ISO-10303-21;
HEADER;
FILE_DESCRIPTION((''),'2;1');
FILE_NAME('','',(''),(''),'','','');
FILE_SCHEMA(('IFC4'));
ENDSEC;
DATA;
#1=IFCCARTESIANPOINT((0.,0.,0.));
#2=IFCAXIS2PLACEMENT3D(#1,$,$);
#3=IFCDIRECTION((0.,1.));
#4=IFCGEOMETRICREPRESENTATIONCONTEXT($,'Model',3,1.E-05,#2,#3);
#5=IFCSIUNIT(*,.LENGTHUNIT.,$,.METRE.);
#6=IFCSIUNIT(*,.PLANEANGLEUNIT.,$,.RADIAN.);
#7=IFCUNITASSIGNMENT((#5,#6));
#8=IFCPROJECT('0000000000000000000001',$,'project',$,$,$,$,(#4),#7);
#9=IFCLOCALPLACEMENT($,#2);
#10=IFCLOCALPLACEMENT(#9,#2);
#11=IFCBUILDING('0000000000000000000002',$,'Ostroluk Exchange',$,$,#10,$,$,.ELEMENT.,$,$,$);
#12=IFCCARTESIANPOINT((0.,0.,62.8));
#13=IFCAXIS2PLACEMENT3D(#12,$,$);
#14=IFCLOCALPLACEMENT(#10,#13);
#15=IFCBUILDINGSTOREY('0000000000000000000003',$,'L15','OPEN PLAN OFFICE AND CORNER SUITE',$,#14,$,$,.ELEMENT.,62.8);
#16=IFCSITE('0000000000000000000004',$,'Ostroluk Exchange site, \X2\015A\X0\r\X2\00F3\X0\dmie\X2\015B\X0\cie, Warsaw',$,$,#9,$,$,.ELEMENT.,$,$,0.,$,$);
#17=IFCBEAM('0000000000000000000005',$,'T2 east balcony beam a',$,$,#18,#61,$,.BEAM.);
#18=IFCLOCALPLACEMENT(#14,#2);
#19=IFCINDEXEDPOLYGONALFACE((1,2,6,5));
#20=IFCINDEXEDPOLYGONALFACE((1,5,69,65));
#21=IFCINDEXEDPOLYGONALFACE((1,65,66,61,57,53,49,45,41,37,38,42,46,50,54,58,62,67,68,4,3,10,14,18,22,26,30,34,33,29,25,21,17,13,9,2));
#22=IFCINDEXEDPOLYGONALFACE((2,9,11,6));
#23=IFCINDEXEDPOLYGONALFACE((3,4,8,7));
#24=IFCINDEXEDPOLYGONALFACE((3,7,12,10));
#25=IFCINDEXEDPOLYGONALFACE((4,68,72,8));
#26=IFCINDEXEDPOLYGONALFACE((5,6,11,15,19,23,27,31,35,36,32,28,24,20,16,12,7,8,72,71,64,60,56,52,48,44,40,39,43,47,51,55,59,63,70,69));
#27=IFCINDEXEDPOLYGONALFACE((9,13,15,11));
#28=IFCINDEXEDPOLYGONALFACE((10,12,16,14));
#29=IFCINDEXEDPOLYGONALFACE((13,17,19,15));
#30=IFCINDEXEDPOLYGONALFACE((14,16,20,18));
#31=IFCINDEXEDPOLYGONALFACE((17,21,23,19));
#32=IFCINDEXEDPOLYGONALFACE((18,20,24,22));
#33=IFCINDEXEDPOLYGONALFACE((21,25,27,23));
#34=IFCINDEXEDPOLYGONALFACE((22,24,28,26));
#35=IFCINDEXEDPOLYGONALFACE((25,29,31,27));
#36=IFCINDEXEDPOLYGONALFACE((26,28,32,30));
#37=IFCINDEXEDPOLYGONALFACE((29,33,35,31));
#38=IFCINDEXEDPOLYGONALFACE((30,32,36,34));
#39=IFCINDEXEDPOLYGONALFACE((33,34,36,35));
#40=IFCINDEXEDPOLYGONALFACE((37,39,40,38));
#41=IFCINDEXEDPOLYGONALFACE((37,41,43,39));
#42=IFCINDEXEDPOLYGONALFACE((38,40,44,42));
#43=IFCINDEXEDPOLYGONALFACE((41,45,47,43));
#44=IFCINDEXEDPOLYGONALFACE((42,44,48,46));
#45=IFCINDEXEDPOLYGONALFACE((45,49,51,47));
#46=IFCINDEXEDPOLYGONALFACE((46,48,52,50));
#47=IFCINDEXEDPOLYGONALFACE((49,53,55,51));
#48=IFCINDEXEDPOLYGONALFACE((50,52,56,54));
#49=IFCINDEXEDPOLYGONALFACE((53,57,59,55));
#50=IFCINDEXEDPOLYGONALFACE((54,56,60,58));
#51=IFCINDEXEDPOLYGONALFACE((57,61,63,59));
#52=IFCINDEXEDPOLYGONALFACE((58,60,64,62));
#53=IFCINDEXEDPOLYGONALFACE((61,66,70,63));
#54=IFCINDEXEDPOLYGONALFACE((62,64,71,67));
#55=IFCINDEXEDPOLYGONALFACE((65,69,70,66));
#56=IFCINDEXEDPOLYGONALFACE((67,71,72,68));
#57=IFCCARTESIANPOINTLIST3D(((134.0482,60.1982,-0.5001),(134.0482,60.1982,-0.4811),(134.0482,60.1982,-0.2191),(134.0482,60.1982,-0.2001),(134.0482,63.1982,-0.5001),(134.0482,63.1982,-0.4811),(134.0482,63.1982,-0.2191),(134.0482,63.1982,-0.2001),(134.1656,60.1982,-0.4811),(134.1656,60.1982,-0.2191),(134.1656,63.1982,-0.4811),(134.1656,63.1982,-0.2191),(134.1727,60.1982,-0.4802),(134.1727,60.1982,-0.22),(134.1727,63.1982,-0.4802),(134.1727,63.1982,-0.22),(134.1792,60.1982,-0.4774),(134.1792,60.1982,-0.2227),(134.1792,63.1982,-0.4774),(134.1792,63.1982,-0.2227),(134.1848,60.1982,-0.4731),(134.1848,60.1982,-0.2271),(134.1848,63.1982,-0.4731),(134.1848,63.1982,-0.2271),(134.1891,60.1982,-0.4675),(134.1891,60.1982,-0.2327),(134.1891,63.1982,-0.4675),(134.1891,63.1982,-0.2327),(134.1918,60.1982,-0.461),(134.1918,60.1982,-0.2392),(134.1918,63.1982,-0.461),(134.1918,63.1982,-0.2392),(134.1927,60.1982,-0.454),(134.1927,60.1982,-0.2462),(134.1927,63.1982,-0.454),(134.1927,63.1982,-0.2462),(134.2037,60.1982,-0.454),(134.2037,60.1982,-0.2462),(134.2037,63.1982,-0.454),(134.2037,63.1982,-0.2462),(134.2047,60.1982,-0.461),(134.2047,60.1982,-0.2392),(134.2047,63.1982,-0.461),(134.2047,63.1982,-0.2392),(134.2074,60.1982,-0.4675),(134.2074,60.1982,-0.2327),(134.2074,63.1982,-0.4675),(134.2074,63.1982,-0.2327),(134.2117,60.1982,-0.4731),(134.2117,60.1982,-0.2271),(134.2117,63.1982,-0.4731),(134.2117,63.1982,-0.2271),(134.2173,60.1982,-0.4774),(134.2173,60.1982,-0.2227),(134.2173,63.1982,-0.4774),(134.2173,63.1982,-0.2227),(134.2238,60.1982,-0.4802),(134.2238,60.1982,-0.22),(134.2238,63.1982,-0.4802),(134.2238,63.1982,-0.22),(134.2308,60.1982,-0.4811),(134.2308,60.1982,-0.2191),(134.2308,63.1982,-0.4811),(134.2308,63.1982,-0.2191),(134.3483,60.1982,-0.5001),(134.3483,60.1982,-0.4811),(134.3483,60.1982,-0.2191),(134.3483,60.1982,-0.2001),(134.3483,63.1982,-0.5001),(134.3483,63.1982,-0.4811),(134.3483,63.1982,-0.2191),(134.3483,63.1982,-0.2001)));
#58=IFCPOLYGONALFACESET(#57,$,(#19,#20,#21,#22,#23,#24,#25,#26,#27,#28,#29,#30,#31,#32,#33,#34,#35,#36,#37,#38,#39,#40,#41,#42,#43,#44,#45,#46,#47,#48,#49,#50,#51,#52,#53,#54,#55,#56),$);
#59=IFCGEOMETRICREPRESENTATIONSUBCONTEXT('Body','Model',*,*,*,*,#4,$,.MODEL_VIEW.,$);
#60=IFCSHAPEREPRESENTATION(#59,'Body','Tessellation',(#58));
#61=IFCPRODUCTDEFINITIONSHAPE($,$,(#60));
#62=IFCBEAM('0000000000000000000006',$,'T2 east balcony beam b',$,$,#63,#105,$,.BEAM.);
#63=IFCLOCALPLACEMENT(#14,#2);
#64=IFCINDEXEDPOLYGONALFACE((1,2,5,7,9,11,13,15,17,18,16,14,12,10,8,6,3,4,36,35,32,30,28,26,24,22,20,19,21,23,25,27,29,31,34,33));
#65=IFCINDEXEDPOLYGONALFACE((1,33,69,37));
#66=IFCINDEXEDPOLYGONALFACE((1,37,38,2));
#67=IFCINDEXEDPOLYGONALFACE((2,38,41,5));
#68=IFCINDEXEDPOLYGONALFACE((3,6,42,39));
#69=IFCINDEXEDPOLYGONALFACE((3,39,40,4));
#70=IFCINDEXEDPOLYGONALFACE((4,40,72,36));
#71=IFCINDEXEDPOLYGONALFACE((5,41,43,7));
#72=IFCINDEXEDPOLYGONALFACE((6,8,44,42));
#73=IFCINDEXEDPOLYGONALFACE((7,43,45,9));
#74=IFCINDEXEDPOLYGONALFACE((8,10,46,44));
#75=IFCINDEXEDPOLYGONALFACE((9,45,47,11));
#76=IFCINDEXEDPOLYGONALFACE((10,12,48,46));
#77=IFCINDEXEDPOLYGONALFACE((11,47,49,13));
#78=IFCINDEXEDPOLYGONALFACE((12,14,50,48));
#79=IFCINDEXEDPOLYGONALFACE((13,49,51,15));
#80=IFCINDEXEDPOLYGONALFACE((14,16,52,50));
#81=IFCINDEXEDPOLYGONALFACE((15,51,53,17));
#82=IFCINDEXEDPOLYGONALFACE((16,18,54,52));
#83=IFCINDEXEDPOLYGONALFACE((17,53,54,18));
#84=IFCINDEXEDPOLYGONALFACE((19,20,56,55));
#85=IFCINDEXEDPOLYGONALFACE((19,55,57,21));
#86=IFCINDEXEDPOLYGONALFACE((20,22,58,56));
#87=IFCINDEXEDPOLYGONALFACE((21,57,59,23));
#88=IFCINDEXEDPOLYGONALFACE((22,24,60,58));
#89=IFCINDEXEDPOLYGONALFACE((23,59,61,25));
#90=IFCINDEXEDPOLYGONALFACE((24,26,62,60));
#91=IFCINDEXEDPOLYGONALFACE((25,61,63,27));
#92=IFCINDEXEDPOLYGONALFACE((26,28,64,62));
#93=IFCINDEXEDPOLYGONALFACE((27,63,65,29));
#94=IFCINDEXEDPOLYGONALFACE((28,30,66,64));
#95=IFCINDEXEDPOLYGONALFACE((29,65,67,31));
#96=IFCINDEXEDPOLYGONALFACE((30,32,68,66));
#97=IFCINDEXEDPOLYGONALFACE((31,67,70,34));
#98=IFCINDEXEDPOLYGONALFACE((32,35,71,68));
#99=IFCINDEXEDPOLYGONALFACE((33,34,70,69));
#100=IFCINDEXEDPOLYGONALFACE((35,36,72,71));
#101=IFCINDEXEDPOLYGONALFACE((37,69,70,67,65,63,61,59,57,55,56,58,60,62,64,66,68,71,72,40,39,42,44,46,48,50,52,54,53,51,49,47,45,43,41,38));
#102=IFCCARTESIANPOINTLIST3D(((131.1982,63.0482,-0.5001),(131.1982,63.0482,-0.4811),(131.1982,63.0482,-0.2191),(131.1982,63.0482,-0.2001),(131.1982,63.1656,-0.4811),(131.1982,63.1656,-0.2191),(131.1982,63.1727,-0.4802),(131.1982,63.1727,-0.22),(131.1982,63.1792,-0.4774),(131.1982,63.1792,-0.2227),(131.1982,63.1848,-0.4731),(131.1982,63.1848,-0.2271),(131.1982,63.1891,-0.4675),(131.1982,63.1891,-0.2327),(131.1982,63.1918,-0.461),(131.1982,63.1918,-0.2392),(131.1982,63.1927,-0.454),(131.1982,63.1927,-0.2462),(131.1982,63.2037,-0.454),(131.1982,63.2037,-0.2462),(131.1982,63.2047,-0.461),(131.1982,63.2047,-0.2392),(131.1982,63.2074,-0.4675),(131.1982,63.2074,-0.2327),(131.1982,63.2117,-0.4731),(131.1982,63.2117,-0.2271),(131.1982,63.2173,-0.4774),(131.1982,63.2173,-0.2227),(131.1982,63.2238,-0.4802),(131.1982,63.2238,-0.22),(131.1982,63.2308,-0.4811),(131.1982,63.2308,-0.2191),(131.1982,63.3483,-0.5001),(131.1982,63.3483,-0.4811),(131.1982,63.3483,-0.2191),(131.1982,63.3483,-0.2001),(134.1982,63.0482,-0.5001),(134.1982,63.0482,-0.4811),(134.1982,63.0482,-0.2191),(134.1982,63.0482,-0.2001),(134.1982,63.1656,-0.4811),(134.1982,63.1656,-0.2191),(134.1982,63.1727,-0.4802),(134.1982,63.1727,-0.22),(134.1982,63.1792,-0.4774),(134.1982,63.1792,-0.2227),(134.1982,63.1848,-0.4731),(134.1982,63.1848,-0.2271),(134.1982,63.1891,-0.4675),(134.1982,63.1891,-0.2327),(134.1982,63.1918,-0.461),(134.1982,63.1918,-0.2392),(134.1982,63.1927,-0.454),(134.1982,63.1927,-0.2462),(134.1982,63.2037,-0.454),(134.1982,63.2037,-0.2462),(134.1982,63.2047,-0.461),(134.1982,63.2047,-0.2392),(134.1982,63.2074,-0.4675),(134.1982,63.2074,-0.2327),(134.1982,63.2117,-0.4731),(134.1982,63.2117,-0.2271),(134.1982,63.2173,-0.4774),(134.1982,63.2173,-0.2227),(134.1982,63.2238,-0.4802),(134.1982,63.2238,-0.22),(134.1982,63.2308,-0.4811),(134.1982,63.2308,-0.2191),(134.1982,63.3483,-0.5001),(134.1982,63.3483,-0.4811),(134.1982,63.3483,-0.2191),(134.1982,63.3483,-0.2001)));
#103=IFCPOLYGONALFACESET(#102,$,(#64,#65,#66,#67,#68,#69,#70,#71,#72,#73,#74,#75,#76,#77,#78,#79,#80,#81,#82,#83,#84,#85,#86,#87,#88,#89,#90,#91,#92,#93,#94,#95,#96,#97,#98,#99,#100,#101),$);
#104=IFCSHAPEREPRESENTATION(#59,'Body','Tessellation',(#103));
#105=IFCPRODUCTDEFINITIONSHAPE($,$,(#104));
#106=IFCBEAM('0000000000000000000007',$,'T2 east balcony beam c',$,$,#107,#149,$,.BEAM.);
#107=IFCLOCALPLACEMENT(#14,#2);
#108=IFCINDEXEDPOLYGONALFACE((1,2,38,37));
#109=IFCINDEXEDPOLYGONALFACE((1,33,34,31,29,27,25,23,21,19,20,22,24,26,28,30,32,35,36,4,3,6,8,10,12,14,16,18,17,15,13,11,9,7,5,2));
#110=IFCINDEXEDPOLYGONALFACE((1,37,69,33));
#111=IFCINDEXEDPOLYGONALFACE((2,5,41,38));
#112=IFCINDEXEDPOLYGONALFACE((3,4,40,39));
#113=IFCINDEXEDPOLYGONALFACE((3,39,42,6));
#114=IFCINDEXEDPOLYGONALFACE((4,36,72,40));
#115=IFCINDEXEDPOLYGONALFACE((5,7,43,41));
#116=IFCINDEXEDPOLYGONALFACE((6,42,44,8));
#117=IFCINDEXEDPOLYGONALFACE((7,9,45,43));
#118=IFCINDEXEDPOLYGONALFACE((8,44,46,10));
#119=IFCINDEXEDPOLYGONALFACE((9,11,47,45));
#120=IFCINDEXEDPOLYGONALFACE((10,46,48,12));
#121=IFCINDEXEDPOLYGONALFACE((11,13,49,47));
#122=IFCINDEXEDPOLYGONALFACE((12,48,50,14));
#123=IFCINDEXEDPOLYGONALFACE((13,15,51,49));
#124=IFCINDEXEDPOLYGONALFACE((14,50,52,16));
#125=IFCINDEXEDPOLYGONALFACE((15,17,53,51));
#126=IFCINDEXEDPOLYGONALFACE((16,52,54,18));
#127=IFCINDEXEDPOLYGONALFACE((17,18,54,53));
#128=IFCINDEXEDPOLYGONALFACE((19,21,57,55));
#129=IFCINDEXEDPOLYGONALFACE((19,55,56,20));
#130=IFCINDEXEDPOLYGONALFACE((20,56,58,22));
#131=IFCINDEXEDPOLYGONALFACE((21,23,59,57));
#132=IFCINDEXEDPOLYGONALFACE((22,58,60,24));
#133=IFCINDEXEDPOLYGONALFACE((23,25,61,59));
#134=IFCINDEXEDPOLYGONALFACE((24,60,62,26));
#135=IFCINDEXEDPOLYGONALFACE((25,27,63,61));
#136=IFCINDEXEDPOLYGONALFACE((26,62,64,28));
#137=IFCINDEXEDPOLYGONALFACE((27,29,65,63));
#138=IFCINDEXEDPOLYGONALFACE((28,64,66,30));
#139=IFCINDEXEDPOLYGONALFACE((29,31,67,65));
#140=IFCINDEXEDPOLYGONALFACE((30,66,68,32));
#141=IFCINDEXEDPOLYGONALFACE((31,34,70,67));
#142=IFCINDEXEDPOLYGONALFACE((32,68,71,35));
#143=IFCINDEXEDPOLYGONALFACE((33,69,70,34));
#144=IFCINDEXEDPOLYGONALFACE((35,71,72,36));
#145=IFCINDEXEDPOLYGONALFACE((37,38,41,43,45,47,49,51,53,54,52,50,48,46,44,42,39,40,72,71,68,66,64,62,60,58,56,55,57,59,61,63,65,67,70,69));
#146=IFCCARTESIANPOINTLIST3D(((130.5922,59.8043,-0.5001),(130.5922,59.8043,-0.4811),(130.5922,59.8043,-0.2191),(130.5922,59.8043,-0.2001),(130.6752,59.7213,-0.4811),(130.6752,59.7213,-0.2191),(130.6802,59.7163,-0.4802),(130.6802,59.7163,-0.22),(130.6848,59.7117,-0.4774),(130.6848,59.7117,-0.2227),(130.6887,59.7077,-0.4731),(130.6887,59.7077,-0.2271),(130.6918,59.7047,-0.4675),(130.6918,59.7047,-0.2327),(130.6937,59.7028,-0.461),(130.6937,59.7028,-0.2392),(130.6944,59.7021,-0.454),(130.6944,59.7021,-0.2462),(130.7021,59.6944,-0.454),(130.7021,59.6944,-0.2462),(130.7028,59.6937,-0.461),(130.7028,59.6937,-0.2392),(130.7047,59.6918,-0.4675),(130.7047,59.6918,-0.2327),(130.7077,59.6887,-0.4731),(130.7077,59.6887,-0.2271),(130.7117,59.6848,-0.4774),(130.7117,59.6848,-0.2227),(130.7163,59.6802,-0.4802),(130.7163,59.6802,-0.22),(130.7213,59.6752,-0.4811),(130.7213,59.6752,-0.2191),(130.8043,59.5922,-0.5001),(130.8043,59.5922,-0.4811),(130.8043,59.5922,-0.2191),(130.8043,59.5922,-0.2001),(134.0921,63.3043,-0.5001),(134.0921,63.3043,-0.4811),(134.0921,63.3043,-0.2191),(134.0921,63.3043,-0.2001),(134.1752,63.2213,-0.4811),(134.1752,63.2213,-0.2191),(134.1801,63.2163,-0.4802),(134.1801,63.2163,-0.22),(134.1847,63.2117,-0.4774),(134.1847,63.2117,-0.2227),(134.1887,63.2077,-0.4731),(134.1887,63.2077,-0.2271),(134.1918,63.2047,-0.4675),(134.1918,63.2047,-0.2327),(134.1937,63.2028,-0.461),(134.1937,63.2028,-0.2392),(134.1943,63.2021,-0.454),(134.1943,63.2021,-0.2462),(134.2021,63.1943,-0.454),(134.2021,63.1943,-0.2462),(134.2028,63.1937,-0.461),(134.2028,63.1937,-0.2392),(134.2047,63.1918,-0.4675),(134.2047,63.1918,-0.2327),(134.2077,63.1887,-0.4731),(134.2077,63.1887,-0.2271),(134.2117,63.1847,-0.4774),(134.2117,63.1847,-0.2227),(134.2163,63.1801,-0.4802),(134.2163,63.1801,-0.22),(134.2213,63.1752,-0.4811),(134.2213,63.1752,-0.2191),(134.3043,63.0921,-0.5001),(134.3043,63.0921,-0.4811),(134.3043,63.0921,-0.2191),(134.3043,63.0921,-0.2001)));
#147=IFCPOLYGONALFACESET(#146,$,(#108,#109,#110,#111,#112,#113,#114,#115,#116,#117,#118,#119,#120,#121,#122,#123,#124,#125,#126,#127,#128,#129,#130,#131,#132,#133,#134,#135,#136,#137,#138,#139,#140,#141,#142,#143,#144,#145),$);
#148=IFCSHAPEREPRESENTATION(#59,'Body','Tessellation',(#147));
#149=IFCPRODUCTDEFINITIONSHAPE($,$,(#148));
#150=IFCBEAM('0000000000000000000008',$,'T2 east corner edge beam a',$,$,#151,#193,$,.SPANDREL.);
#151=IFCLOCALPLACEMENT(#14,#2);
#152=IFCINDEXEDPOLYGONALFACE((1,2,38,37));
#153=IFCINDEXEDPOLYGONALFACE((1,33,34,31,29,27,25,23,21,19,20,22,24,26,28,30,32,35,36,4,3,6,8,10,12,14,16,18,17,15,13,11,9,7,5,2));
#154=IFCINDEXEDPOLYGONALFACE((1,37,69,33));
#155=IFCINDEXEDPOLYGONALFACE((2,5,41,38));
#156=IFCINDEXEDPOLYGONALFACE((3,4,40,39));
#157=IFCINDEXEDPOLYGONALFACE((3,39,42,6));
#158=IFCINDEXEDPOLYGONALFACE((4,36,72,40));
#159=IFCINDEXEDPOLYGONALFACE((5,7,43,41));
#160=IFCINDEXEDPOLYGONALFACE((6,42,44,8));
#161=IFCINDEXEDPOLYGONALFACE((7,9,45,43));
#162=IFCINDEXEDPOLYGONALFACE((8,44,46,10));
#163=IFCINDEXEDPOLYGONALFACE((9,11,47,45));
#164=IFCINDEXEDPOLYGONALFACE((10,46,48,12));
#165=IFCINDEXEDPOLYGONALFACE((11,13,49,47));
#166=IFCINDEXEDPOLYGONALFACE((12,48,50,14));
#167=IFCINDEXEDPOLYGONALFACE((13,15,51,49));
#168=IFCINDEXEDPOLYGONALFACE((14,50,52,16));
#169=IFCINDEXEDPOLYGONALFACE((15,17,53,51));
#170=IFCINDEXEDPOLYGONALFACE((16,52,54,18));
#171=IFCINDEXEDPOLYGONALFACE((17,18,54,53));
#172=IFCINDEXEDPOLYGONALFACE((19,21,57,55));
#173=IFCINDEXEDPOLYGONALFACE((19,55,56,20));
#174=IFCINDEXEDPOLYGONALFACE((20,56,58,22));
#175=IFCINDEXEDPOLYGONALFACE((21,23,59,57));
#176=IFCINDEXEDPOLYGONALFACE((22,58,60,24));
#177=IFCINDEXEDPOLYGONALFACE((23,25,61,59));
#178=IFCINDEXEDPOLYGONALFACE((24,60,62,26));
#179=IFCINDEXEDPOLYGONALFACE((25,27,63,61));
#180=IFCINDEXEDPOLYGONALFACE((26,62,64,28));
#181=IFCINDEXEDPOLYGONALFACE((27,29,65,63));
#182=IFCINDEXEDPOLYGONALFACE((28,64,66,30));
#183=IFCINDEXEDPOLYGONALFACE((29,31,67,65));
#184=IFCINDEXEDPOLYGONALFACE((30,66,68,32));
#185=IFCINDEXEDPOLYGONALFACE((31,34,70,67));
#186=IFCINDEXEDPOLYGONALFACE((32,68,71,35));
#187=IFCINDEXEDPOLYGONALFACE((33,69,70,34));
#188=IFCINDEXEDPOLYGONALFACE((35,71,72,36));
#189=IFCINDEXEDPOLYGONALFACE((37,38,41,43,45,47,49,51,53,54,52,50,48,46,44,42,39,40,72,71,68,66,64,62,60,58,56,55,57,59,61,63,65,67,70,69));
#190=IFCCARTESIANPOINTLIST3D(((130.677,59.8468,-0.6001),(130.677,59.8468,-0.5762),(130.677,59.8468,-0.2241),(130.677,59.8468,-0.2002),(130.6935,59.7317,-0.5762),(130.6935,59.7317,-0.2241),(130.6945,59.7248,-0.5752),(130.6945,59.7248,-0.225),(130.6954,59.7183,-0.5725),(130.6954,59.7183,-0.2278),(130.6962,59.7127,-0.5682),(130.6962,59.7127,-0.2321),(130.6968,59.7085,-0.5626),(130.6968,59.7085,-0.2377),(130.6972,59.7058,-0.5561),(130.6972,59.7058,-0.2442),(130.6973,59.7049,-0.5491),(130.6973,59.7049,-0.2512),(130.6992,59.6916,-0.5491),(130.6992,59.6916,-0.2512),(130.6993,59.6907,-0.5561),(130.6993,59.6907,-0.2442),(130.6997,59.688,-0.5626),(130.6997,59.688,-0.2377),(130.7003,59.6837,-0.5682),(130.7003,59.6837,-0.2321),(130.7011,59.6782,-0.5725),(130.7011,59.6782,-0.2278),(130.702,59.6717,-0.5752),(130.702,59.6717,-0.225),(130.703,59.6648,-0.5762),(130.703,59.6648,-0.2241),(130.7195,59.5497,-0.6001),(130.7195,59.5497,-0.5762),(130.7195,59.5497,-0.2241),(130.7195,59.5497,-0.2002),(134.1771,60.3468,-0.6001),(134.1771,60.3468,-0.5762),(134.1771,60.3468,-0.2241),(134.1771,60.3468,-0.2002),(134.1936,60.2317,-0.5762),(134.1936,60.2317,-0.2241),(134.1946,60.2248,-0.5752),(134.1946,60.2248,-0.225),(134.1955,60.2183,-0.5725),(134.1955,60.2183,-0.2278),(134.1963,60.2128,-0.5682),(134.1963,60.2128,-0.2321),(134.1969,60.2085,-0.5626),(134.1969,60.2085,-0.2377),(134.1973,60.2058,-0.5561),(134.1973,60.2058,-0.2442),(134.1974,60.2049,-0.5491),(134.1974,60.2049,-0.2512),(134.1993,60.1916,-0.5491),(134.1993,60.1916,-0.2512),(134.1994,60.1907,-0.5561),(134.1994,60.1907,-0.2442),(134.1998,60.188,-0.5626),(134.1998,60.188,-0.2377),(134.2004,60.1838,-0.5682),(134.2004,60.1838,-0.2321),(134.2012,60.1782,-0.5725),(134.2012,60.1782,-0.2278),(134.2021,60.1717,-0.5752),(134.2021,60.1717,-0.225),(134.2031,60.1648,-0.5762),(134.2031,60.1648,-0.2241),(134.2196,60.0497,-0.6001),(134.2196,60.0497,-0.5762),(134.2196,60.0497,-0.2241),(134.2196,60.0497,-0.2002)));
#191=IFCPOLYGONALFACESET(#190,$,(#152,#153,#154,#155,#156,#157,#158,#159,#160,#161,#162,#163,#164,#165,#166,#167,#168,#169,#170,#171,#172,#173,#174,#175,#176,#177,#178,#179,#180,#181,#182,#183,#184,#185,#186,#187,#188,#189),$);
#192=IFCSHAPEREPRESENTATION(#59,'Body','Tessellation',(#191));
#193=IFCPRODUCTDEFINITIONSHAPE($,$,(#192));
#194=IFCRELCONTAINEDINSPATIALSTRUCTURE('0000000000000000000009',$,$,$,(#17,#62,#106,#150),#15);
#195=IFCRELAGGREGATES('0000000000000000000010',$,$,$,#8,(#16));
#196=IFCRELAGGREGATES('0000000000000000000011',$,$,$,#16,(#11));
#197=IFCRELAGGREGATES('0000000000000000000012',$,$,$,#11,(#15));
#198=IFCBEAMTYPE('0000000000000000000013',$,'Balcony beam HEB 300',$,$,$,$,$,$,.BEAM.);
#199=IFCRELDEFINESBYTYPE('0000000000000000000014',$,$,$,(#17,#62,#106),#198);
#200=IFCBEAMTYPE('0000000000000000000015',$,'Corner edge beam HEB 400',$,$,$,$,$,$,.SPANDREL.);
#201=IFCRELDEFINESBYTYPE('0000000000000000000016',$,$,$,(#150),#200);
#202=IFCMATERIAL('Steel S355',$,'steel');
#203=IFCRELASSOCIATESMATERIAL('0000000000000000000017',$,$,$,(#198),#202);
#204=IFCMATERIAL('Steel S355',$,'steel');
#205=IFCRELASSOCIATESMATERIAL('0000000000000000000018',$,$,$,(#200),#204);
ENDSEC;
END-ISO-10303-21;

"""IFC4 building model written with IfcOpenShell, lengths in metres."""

from ifc_helpers import new_model, si_unit, direction, frame, origin, origin_2d, place, context, subcontext, project, spatial, i_section, extrude, material, material_profile, profile_set, type_object, element, save


model = new_model("IFC4")

# Units and contexts
model_context = context("Model", 3, precision=1e-05, world=origin(), true_north=direction((0.0, 1.0)))
body_context = subcontext(model_context, "Body", "Model", "MODEL_VIEW")
ifc_project = project(units=[si_unit("LENGTHUNIT", "METRE"), si_unit("PLANEANGLEUNIT", "RADIAN")], contexts=[model_context])

# Site, building, storey
site_placement = place(None, origin())
site = spatial("IfcSite", under=ifc_project, at=site_placement, Name="Ostroluk Exchange site, Śródmieście, Warsaw", CompositionType="ELEMENT", RefElevation=0.0)
building_placement = place(site_placement, origin())
building = spatial("IfcBuilding", under=site, at=building_placement, Name="Ostroluk Exchange", CompositionType="ELEMENT")
storey_placement = place(building_placement, frame((0.0, 0.0, 62.8)))
storey = spatial("IfcBuildingStorey", under=building, at=storey_placement, Name="L15", Description="OPEN PLAN OFFICE AND CORNER SUITE", CompositionType="ELEMENT", Elevation=62.8)

# Beams
ifc_material_1 = material(Name="Steel S355", Category="steel")
ifc_material_profile_1 = material_profile(ifc_material_1, i_section(OverallWidth=0.3, OverallDepth=0.3, WebThickness=0.011, FlangeThickness=0.019, FilletRadius=0.0271, at=origin_2d()), Name="HEB 300")
ifc_profile_set_1 = profile_set([ifc_material_profile_1], Name="Steel S355")
beam_type_1 = type_object("IfcBeamType", Name="Balcony beam HEB 300", PredefinedType="BEAM", material=ifc_profile_set_1)
for number, where, z_axis, x_axis, name in (
    (1, (134.1982, 60.1982, -0.3501), (0.0, 1.0, 0.0), (-1.0, 0.0, 0.0), "T2 east balcony beam a"),
    (2, (131.1982, 63.1982, -0.3501), (1.0, 0.0, 0.0), (0.0, 1.0, 0.0), "T2 east balcony beam b"),
):
    element("IfcBeam", number, at=place(storey_placement, frame(where, z_axis=z_axis, x_axis=x_axis)), inside=storey, type_object=beam_type_1, Name=name, PredefinedType="BEAM", context=body_context, shape_type="SweptSolid", body=[
        extrude(i_section(OverallWidth=0.3, OverallDepth=0.3, WebThickness=0.011, FlangeThickness=0.019, FilletRadius=0.0271, at=origin_2d()), origin(), (0.0, 0.0, 1.0), 3.0),
    ])
beam_1_placement = place(storey_placement, frame((130.6982, 59.6982, -0.3501), z_axis=(0.707107, 0.707107, 0.0), x_axis=(-0.707107, 0.707107, 0.0)))
element("IfcBeam", 3, at=beam_1_placement, inside=storey, type_object=beam_type_1, Name="T2 east balcony beam c", PredefinedType="BEAM", context=body_context, shape_type="SweptSolid", body=[
    extrude(i_section(OverallWidth=0.3, OverallDepth=0.3, WebThickness=0.011, FlangeThickness=0.019, FilletRadius=0.0271, at=origin_2d()), origin(), (0.0, 0.0, 1.0), 4.9497),
])
ifc_material_2 = material(Name="Steel S355", Category="steel")
ifc_material_profile_2 = material_profile(ifc_material_2, i_section(OverallWidth=0.3, OverallDepth=0.3999, WebThickness=0.0134, FlangeThickness=0.0239, FilletRadius=0.0271, at=origin_2d()), Name="HEB 400")
ifc_profile_set_2 = profile_set([ifc_material_profile_2], Name="Steel S355")
beam_type_2 = type_object("IfcBeamType", Name="Corner edge beam HEB 400", PredefinedType="SPANDREL", material=ifc_profile_set_2)
for number, where, z_axis, x_axis, name in (
    (4, (130.6982, 59.6982, -0.4001), (0.989949, 0.141421, 0.0), (-0.141421, 0.989949, 0.0), "T2 east corner edge beam a"),
):
    element("IfcBeam", number, at=place(storey_placement, frame(where, z_axis=z_axis, x_axis=x_axis)), inside=storey, type_object=beam_type_2, Name=name, PredefinedType="SPANDREL", context=body_context, shape_type="SweptSolid", body=[
        extrude(i_section(OverallWidth=0.3, OverallDepth=0.3999, WebThickness=0.0134, FlangeThickness=0.0239, FilletRadius=0.0271, at=origin_2d()), origin(), (0.0, 0.0, 1.0), 3.5356),
    ])

save(model, "model.ifc")
